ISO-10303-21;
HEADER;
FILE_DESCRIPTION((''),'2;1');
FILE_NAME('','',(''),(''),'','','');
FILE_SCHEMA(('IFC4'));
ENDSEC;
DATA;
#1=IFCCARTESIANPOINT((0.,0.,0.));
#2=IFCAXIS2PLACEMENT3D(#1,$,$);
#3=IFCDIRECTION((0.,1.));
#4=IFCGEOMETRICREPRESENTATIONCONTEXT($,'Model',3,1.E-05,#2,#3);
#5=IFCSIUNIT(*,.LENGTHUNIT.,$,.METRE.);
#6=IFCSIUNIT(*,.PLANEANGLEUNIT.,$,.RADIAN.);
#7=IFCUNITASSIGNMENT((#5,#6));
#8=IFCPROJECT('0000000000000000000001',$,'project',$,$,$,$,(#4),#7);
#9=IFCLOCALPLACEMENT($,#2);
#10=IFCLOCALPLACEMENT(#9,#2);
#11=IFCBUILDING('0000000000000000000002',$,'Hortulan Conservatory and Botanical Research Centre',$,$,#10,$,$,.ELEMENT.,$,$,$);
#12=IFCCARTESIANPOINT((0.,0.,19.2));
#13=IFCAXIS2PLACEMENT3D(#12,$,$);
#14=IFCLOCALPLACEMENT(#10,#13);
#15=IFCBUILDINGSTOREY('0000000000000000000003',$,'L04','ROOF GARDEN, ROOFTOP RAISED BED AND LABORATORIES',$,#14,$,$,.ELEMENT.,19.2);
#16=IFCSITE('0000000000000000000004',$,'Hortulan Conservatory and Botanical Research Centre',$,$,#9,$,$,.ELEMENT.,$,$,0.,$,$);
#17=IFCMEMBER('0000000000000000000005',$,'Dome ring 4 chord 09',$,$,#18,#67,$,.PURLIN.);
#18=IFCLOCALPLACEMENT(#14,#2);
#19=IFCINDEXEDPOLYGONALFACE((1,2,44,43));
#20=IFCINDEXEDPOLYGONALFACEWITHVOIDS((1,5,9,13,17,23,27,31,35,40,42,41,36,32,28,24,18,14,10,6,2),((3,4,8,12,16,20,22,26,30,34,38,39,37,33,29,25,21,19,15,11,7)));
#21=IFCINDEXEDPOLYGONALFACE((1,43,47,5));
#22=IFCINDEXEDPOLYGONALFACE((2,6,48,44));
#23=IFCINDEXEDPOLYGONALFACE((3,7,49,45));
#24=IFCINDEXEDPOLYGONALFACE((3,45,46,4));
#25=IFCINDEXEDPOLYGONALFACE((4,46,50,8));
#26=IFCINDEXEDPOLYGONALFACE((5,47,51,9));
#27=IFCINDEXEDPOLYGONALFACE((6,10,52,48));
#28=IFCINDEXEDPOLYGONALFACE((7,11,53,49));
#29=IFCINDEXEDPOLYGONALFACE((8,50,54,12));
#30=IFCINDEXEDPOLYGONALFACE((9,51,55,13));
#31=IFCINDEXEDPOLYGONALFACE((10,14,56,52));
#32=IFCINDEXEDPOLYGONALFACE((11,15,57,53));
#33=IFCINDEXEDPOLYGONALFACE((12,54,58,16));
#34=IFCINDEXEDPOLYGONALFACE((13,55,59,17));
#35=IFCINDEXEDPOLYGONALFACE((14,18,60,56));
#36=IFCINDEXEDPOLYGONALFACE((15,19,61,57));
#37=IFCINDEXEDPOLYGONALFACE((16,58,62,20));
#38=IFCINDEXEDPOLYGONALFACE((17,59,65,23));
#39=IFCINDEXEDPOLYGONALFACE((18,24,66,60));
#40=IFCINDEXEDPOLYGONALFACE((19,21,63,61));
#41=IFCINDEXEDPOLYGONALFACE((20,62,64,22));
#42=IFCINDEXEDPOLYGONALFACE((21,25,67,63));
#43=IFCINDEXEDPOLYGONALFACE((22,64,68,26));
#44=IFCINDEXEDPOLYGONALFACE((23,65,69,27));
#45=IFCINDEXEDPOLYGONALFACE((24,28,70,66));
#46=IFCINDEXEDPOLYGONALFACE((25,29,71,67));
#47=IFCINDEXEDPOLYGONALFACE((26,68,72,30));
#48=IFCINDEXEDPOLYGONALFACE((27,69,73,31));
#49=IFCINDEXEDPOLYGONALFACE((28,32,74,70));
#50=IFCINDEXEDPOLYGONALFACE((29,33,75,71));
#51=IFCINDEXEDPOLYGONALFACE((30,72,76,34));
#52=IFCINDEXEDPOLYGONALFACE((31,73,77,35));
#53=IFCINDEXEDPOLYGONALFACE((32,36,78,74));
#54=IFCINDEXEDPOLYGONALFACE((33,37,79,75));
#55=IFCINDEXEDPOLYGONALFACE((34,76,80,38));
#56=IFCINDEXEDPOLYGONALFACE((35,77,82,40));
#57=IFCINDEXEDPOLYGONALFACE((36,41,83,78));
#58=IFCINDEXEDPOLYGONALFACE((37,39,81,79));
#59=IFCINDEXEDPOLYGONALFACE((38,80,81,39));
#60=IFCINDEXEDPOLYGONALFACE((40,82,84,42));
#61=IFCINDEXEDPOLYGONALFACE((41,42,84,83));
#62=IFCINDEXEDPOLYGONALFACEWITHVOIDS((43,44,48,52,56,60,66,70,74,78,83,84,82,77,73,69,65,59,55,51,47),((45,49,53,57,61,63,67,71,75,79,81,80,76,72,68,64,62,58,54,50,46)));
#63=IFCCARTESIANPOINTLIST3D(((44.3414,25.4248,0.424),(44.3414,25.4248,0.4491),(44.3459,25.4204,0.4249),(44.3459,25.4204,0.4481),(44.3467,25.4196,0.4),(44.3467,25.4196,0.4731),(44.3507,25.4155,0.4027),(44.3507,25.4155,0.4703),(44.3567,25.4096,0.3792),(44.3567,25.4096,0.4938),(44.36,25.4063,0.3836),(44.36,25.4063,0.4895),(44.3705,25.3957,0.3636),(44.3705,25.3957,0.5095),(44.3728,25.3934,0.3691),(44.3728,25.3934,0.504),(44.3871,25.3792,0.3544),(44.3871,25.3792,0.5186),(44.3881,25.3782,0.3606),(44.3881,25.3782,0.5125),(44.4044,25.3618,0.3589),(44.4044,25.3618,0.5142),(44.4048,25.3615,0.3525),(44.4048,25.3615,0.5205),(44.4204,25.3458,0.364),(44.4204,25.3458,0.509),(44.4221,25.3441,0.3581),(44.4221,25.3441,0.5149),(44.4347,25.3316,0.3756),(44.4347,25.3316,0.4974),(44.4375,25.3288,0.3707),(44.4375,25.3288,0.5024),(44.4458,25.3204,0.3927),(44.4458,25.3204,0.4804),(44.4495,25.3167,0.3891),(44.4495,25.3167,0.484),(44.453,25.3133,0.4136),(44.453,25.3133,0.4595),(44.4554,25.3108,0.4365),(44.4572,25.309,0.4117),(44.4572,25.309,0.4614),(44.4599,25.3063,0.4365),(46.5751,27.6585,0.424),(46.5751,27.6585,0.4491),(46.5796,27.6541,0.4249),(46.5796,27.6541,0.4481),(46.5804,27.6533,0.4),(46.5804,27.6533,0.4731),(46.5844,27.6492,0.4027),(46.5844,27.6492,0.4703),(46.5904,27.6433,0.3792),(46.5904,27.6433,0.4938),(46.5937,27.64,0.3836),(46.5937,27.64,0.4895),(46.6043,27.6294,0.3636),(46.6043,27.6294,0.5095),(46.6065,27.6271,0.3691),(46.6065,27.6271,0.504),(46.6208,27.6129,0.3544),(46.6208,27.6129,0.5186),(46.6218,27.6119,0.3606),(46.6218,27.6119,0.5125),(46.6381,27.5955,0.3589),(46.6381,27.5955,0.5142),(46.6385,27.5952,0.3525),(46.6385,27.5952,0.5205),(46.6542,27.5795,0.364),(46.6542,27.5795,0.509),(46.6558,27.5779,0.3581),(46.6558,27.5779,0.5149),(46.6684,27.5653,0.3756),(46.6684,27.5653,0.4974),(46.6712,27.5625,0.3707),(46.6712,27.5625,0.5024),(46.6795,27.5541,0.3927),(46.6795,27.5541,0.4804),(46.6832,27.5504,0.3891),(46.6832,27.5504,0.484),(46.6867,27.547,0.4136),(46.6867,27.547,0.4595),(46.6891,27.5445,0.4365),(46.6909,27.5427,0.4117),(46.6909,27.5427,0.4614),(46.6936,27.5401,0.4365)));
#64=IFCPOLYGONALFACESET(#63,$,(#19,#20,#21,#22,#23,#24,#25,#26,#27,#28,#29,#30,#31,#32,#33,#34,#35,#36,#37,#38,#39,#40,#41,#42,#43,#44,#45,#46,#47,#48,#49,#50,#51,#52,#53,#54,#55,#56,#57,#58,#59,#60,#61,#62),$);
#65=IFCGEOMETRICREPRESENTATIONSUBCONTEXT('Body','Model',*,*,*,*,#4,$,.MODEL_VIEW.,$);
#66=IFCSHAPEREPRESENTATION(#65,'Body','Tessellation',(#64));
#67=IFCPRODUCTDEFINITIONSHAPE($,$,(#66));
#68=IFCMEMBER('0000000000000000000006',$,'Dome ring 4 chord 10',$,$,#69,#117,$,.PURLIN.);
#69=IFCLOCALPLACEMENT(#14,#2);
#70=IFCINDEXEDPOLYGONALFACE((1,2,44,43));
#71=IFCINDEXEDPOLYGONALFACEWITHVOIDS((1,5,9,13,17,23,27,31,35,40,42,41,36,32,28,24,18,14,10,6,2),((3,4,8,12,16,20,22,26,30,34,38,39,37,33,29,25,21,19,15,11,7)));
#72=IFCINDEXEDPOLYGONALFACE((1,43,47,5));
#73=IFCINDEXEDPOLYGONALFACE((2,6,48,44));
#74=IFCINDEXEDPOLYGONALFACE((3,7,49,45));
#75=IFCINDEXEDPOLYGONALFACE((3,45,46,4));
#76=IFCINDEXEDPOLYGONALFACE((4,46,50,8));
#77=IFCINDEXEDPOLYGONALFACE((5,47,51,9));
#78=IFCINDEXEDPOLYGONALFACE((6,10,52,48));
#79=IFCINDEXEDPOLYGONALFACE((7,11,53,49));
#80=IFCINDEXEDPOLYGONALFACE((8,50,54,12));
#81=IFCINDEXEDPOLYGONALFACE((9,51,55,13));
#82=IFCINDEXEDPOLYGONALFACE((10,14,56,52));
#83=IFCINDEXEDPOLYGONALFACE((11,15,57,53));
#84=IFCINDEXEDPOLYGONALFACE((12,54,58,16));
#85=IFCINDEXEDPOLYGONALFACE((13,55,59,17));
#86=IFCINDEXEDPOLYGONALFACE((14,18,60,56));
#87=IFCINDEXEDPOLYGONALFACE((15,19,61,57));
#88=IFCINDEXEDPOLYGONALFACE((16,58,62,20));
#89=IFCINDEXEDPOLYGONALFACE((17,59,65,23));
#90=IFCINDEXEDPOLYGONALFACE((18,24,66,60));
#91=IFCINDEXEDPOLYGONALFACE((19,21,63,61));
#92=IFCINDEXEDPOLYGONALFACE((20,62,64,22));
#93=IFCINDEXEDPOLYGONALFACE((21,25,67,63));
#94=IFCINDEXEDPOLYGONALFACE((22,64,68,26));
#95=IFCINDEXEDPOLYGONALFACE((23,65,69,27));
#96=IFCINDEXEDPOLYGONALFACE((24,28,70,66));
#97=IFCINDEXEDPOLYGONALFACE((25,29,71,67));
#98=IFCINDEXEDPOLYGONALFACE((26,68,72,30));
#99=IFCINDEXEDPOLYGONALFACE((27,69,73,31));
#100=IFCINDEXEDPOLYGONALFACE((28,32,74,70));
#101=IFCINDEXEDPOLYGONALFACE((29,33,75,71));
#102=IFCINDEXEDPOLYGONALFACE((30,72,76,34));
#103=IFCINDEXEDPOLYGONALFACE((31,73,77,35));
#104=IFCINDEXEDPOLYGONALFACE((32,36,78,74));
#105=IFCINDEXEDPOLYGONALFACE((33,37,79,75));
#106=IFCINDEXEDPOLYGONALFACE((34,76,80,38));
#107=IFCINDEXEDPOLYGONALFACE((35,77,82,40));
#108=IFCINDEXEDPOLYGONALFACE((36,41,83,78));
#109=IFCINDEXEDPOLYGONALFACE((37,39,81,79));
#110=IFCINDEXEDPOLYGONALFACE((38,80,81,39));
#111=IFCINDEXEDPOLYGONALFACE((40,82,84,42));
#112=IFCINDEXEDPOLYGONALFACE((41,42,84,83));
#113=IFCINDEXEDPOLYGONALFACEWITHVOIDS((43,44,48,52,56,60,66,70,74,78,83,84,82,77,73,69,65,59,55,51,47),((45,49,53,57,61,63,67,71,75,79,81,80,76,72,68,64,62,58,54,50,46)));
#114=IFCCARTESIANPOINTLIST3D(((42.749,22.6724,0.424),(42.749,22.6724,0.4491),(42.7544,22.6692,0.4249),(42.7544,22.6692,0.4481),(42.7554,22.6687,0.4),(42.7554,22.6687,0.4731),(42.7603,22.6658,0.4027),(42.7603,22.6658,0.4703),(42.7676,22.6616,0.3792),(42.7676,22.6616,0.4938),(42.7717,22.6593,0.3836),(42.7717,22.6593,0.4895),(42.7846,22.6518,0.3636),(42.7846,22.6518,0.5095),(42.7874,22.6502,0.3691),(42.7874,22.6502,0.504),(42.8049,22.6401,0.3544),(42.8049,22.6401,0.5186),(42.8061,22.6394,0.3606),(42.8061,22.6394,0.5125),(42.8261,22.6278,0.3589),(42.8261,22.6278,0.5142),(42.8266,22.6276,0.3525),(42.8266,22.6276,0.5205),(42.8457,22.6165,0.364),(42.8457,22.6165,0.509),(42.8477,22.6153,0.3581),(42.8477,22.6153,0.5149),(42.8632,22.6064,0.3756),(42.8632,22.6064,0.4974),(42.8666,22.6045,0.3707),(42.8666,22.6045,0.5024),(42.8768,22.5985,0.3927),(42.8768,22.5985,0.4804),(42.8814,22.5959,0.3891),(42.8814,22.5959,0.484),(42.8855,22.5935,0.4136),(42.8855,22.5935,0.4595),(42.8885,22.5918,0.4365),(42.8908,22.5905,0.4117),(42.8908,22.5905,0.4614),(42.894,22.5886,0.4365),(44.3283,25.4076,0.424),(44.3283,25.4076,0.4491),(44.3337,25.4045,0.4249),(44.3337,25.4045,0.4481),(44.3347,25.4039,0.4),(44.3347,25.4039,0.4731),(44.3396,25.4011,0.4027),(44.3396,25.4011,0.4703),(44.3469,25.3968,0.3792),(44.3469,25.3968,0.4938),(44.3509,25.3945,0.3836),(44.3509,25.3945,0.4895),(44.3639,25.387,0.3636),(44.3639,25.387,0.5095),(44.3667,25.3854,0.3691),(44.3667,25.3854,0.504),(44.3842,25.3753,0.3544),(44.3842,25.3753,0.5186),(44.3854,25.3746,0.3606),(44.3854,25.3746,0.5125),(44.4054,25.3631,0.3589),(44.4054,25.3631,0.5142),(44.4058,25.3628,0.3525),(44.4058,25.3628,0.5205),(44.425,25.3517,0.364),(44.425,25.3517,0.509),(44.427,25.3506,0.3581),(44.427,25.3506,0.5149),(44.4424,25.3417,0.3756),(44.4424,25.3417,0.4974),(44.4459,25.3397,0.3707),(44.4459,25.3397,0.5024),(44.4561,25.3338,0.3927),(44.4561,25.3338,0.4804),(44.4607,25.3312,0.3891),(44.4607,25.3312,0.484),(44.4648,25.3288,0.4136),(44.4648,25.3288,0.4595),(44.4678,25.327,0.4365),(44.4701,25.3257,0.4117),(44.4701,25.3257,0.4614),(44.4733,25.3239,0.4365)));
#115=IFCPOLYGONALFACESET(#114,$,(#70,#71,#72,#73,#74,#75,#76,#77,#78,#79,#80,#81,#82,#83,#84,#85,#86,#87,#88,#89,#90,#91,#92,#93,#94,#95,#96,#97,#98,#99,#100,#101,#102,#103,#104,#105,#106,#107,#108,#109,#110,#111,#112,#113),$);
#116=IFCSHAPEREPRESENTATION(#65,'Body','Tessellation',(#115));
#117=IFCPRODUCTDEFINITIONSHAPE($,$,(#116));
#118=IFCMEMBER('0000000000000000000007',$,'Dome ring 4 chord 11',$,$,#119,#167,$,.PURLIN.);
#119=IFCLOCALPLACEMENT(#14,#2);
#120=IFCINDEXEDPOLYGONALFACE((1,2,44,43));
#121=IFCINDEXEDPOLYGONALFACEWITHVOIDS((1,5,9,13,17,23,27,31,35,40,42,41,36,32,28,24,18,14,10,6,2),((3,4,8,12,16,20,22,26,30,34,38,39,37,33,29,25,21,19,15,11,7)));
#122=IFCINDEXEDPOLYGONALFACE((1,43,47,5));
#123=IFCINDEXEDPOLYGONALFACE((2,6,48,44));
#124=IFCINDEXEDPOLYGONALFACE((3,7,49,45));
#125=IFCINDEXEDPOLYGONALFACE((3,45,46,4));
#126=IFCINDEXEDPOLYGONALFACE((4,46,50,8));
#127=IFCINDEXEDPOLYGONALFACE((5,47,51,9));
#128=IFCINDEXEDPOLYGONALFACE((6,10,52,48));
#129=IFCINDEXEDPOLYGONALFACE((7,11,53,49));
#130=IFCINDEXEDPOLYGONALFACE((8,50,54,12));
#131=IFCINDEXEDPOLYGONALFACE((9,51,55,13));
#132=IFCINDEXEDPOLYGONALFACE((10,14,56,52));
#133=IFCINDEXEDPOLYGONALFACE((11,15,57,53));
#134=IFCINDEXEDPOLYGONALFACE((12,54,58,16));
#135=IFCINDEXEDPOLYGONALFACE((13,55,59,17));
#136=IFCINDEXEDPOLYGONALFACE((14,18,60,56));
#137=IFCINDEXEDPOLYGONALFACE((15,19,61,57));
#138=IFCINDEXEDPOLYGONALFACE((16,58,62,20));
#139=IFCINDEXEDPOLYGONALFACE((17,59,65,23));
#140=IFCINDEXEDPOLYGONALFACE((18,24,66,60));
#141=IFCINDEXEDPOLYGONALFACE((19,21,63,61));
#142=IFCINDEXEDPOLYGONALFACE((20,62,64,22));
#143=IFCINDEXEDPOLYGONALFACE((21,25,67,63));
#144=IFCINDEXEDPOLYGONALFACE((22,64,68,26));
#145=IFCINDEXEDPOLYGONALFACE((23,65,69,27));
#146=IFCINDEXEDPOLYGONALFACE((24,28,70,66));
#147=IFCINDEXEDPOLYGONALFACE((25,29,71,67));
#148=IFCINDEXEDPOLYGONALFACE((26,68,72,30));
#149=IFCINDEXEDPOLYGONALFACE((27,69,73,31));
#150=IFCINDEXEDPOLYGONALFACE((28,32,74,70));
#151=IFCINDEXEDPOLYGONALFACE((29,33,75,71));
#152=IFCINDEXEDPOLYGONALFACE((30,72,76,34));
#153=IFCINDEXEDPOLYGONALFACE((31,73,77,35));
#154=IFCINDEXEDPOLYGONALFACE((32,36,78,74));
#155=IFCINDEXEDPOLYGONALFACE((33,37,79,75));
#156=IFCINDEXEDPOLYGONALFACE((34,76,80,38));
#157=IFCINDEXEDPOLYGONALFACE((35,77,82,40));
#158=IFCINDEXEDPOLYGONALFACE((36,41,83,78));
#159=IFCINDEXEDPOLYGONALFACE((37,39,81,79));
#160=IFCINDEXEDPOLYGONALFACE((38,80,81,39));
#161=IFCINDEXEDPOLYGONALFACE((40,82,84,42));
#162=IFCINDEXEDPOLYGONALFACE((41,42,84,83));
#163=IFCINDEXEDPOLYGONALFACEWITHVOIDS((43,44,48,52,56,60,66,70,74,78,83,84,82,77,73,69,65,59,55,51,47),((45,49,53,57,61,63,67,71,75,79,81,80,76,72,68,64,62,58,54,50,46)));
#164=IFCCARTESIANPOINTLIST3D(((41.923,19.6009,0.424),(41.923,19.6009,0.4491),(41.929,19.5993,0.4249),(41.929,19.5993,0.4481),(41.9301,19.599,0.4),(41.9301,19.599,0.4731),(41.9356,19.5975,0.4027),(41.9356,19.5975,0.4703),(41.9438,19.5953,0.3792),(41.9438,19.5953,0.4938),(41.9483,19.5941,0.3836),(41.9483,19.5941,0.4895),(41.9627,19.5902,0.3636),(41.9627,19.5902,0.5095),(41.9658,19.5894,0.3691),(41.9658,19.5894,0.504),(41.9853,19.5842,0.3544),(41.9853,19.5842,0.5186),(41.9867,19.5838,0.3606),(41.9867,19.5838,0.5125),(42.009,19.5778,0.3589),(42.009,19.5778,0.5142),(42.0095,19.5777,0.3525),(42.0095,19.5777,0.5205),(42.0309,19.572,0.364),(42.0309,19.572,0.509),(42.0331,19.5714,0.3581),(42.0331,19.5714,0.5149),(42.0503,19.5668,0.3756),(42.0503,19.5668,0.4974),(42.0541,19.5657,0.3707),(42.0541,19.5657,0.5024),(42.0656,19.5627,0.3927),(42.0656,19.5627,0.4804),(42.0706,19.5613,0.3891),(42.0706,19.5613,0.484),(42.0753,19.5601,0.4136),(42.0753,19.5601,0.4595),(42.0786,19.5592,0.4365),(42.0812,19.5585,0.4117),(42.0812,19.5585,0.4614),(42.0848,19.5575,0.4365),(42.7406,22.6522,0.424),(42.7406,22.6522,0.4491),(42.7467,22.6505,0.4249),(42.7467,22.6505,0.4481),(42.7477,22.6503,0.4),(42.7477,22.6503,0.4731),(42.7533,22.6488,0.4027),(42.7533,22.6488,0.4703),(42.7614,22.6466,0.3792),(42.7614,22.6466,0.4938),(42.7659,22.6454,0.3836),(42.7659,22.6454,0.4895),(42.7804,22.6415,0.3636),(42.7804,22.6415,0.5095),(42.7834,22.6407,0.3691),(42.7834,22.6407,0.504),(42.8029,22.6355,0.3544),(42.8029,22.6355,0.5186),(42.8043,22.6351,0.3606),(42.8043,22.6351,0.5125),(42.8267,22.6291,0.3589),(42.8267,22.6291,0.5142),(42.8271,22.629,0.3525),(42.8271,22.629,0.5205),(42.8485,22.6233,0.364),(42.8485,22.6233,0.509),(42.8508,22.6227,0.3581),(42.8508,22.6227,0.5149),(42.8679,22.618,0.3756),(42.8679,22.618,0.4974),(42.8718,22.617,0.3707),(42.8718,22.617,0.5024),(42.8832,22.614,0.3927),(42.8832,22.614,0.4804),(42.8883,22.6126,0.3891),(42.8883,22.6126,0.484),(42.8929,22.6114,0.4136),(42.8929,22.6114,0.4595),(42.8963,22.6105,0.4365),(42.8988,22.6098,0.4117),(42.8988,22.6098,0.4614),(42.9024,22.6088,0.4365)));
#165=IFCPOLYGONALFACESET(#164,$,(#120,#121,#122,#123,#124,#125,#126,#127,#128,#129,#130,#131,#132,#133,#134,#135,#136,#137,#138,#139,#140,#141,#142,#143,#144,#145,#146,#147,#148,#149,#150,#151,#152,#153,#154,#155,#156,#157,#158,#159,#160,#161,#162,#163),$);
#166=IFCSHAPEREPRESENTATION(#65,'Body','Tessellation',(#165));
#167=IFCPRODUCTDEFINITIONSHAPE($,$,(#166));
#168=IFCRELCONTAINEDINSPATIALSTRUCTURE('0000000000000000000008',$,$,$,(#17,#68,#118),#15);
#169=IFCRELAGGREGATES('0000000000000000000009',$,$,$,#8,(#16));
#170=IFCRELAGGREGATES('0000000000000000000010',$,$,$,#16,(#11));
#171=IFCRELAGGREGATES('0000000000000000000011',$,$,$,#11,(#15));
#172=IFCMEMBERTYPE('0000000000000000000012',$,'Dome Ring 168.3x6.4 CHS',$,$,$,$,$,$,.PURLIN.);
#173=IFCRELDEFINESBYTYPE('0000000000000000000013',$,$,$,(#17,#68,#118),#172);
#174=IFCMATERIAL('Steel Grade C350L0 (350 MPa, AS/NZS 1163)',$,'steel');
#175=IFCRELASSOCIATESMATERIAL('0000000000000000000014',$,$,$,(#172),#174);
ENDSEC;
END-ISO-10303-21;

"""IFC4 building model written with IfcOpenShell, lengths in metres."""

from ifc_helpers import new_model, si_unit, direction, frame, origin, origin_2d, place, context, subcontext, project, spatial, hollow_circle, extrude, material, material_profile, profile_set, type_object, element, save


model = new_model("IFC4")

# Units and contexts
model_context = context("Model", 3, precision=1e-05, world=origin(), true_north=direction((0.0, 1.0)))
body_context = subcontext(model_context, "Body", "Model", "MODEL_VIEW")
ifc_project = project(units=[si_unit("LENGTHUNIT", "METRE"), si_unit("PLANEANGLEUNIT", "RADIAN")], contexts=[model_context])

# Site, building, storey
site_placement = place(None, origin())
site = spatial("IfcSite", under=ifc_project, at=site_placement, Name="Hortulan Conservatory and Botanical Research Centre", CompositionType="ELEMENT", RefElevation=0.0)
building_placement = place(site_placement, origin())
building = spatial("IfcBuilding", under=site, at=building_placement, Name="Hortulan Conservatory and Botanical Research Centre", CompositionType="ELEMENT")
storey_placement = place(building_placement, frame((0.0, 0.0, 19.2)))
storey = spatial("IfcBuildingStorey", under=building, at=storey_placement, Name="L04", Description="ROOF GARDEN, ROOFTOP RAISED BED AND LABORATORIES", CompositionType="ELEMENT", Elevation=19.2)

# Shared definitions
ifc_material_1 = material(Name="Steel Grade C350L0 (350 MPa, AS/NZS 1163)", Category="steel")

# Members
ifc_material_profile_1 = material_profile(ifc_material_1, hollow_circle(Radius=0.0842, WallThickness=0.0063, at=origin_2d()), Name="168.3x6.4CHS")
ifc_profile_set_1 = profile_set([ifc_material_profile_1], Name="Steel Grade C350L0 (350 MPa, AS/NZS 1163)")
member_type_1 = type_object("IfcMemberType", Name="Dome Ring 168.3x6.4 CHS", PredefinedType="PURLIN", material=ifc_profile_set_1)
member_1_placement = place(storey_placement, frame((46.634, 27.5996, 0.4365), z_axis=(-0.707107, -0.707107, 0.0), x_axis=(0.707107, -0.707107, 0.0)))
element("IfcMember", 1, at=member_1_placement, inside=storey, type_object=member_type_1, Name="Dome ring 4 chord 09", PredefinedType="PURLIN", context=body_context, shape_type="SweptSolid", body=[
    extrude(hollow_circle(Radius=0.0842, WallThickness=0.0063, at=origin_2d()), origin(), (0.0, 0.0, 1.0), 3.1589),
])
member_2_placement = place(storey_placement, frame((44.4004, 25.366, 0.4365), z_axis=(-0.500021, -0.866013, 0.0), x_axis=(0.866013, -0.500021, 0.0)))
element("IfcMember", 2, at=member_2_placement, inside=storey, type_object=member_type_1, Name="Dome ring 4 chord 10", PredefinedType="PURLIN", context=body_context, shape_type="SweptSolid", body=[
    extrude(hollow_circle(Radius=0.0842, WallThickness=0.0063, at=origin_2d()), origin(), (0.0, 0.0, 1.0), 3.1584),
])
member_3_placement = place(storey_placement, frame((42.821, 22.6306, 0.4365), z_axis=(-0.258831, -0.965923, 0.0), x_axis=(0.965923, -0.258831, 0.0)))
element("IfcMember", 3, at=member_3_placement, inside=storey, type_object=member_type_1, Name="Dome ring 4 chord 11", PredefinedType="PURLIN", context=body_context, shape_type="SweptSolid", body=[
    extrude(hollow_circle(Radius=0.0842, WallThickness=0.0063, at=origin_2d()), origin(), (0.0, 0.0, 1.0), 3.1589),
])

save(model, "model.ifc")
